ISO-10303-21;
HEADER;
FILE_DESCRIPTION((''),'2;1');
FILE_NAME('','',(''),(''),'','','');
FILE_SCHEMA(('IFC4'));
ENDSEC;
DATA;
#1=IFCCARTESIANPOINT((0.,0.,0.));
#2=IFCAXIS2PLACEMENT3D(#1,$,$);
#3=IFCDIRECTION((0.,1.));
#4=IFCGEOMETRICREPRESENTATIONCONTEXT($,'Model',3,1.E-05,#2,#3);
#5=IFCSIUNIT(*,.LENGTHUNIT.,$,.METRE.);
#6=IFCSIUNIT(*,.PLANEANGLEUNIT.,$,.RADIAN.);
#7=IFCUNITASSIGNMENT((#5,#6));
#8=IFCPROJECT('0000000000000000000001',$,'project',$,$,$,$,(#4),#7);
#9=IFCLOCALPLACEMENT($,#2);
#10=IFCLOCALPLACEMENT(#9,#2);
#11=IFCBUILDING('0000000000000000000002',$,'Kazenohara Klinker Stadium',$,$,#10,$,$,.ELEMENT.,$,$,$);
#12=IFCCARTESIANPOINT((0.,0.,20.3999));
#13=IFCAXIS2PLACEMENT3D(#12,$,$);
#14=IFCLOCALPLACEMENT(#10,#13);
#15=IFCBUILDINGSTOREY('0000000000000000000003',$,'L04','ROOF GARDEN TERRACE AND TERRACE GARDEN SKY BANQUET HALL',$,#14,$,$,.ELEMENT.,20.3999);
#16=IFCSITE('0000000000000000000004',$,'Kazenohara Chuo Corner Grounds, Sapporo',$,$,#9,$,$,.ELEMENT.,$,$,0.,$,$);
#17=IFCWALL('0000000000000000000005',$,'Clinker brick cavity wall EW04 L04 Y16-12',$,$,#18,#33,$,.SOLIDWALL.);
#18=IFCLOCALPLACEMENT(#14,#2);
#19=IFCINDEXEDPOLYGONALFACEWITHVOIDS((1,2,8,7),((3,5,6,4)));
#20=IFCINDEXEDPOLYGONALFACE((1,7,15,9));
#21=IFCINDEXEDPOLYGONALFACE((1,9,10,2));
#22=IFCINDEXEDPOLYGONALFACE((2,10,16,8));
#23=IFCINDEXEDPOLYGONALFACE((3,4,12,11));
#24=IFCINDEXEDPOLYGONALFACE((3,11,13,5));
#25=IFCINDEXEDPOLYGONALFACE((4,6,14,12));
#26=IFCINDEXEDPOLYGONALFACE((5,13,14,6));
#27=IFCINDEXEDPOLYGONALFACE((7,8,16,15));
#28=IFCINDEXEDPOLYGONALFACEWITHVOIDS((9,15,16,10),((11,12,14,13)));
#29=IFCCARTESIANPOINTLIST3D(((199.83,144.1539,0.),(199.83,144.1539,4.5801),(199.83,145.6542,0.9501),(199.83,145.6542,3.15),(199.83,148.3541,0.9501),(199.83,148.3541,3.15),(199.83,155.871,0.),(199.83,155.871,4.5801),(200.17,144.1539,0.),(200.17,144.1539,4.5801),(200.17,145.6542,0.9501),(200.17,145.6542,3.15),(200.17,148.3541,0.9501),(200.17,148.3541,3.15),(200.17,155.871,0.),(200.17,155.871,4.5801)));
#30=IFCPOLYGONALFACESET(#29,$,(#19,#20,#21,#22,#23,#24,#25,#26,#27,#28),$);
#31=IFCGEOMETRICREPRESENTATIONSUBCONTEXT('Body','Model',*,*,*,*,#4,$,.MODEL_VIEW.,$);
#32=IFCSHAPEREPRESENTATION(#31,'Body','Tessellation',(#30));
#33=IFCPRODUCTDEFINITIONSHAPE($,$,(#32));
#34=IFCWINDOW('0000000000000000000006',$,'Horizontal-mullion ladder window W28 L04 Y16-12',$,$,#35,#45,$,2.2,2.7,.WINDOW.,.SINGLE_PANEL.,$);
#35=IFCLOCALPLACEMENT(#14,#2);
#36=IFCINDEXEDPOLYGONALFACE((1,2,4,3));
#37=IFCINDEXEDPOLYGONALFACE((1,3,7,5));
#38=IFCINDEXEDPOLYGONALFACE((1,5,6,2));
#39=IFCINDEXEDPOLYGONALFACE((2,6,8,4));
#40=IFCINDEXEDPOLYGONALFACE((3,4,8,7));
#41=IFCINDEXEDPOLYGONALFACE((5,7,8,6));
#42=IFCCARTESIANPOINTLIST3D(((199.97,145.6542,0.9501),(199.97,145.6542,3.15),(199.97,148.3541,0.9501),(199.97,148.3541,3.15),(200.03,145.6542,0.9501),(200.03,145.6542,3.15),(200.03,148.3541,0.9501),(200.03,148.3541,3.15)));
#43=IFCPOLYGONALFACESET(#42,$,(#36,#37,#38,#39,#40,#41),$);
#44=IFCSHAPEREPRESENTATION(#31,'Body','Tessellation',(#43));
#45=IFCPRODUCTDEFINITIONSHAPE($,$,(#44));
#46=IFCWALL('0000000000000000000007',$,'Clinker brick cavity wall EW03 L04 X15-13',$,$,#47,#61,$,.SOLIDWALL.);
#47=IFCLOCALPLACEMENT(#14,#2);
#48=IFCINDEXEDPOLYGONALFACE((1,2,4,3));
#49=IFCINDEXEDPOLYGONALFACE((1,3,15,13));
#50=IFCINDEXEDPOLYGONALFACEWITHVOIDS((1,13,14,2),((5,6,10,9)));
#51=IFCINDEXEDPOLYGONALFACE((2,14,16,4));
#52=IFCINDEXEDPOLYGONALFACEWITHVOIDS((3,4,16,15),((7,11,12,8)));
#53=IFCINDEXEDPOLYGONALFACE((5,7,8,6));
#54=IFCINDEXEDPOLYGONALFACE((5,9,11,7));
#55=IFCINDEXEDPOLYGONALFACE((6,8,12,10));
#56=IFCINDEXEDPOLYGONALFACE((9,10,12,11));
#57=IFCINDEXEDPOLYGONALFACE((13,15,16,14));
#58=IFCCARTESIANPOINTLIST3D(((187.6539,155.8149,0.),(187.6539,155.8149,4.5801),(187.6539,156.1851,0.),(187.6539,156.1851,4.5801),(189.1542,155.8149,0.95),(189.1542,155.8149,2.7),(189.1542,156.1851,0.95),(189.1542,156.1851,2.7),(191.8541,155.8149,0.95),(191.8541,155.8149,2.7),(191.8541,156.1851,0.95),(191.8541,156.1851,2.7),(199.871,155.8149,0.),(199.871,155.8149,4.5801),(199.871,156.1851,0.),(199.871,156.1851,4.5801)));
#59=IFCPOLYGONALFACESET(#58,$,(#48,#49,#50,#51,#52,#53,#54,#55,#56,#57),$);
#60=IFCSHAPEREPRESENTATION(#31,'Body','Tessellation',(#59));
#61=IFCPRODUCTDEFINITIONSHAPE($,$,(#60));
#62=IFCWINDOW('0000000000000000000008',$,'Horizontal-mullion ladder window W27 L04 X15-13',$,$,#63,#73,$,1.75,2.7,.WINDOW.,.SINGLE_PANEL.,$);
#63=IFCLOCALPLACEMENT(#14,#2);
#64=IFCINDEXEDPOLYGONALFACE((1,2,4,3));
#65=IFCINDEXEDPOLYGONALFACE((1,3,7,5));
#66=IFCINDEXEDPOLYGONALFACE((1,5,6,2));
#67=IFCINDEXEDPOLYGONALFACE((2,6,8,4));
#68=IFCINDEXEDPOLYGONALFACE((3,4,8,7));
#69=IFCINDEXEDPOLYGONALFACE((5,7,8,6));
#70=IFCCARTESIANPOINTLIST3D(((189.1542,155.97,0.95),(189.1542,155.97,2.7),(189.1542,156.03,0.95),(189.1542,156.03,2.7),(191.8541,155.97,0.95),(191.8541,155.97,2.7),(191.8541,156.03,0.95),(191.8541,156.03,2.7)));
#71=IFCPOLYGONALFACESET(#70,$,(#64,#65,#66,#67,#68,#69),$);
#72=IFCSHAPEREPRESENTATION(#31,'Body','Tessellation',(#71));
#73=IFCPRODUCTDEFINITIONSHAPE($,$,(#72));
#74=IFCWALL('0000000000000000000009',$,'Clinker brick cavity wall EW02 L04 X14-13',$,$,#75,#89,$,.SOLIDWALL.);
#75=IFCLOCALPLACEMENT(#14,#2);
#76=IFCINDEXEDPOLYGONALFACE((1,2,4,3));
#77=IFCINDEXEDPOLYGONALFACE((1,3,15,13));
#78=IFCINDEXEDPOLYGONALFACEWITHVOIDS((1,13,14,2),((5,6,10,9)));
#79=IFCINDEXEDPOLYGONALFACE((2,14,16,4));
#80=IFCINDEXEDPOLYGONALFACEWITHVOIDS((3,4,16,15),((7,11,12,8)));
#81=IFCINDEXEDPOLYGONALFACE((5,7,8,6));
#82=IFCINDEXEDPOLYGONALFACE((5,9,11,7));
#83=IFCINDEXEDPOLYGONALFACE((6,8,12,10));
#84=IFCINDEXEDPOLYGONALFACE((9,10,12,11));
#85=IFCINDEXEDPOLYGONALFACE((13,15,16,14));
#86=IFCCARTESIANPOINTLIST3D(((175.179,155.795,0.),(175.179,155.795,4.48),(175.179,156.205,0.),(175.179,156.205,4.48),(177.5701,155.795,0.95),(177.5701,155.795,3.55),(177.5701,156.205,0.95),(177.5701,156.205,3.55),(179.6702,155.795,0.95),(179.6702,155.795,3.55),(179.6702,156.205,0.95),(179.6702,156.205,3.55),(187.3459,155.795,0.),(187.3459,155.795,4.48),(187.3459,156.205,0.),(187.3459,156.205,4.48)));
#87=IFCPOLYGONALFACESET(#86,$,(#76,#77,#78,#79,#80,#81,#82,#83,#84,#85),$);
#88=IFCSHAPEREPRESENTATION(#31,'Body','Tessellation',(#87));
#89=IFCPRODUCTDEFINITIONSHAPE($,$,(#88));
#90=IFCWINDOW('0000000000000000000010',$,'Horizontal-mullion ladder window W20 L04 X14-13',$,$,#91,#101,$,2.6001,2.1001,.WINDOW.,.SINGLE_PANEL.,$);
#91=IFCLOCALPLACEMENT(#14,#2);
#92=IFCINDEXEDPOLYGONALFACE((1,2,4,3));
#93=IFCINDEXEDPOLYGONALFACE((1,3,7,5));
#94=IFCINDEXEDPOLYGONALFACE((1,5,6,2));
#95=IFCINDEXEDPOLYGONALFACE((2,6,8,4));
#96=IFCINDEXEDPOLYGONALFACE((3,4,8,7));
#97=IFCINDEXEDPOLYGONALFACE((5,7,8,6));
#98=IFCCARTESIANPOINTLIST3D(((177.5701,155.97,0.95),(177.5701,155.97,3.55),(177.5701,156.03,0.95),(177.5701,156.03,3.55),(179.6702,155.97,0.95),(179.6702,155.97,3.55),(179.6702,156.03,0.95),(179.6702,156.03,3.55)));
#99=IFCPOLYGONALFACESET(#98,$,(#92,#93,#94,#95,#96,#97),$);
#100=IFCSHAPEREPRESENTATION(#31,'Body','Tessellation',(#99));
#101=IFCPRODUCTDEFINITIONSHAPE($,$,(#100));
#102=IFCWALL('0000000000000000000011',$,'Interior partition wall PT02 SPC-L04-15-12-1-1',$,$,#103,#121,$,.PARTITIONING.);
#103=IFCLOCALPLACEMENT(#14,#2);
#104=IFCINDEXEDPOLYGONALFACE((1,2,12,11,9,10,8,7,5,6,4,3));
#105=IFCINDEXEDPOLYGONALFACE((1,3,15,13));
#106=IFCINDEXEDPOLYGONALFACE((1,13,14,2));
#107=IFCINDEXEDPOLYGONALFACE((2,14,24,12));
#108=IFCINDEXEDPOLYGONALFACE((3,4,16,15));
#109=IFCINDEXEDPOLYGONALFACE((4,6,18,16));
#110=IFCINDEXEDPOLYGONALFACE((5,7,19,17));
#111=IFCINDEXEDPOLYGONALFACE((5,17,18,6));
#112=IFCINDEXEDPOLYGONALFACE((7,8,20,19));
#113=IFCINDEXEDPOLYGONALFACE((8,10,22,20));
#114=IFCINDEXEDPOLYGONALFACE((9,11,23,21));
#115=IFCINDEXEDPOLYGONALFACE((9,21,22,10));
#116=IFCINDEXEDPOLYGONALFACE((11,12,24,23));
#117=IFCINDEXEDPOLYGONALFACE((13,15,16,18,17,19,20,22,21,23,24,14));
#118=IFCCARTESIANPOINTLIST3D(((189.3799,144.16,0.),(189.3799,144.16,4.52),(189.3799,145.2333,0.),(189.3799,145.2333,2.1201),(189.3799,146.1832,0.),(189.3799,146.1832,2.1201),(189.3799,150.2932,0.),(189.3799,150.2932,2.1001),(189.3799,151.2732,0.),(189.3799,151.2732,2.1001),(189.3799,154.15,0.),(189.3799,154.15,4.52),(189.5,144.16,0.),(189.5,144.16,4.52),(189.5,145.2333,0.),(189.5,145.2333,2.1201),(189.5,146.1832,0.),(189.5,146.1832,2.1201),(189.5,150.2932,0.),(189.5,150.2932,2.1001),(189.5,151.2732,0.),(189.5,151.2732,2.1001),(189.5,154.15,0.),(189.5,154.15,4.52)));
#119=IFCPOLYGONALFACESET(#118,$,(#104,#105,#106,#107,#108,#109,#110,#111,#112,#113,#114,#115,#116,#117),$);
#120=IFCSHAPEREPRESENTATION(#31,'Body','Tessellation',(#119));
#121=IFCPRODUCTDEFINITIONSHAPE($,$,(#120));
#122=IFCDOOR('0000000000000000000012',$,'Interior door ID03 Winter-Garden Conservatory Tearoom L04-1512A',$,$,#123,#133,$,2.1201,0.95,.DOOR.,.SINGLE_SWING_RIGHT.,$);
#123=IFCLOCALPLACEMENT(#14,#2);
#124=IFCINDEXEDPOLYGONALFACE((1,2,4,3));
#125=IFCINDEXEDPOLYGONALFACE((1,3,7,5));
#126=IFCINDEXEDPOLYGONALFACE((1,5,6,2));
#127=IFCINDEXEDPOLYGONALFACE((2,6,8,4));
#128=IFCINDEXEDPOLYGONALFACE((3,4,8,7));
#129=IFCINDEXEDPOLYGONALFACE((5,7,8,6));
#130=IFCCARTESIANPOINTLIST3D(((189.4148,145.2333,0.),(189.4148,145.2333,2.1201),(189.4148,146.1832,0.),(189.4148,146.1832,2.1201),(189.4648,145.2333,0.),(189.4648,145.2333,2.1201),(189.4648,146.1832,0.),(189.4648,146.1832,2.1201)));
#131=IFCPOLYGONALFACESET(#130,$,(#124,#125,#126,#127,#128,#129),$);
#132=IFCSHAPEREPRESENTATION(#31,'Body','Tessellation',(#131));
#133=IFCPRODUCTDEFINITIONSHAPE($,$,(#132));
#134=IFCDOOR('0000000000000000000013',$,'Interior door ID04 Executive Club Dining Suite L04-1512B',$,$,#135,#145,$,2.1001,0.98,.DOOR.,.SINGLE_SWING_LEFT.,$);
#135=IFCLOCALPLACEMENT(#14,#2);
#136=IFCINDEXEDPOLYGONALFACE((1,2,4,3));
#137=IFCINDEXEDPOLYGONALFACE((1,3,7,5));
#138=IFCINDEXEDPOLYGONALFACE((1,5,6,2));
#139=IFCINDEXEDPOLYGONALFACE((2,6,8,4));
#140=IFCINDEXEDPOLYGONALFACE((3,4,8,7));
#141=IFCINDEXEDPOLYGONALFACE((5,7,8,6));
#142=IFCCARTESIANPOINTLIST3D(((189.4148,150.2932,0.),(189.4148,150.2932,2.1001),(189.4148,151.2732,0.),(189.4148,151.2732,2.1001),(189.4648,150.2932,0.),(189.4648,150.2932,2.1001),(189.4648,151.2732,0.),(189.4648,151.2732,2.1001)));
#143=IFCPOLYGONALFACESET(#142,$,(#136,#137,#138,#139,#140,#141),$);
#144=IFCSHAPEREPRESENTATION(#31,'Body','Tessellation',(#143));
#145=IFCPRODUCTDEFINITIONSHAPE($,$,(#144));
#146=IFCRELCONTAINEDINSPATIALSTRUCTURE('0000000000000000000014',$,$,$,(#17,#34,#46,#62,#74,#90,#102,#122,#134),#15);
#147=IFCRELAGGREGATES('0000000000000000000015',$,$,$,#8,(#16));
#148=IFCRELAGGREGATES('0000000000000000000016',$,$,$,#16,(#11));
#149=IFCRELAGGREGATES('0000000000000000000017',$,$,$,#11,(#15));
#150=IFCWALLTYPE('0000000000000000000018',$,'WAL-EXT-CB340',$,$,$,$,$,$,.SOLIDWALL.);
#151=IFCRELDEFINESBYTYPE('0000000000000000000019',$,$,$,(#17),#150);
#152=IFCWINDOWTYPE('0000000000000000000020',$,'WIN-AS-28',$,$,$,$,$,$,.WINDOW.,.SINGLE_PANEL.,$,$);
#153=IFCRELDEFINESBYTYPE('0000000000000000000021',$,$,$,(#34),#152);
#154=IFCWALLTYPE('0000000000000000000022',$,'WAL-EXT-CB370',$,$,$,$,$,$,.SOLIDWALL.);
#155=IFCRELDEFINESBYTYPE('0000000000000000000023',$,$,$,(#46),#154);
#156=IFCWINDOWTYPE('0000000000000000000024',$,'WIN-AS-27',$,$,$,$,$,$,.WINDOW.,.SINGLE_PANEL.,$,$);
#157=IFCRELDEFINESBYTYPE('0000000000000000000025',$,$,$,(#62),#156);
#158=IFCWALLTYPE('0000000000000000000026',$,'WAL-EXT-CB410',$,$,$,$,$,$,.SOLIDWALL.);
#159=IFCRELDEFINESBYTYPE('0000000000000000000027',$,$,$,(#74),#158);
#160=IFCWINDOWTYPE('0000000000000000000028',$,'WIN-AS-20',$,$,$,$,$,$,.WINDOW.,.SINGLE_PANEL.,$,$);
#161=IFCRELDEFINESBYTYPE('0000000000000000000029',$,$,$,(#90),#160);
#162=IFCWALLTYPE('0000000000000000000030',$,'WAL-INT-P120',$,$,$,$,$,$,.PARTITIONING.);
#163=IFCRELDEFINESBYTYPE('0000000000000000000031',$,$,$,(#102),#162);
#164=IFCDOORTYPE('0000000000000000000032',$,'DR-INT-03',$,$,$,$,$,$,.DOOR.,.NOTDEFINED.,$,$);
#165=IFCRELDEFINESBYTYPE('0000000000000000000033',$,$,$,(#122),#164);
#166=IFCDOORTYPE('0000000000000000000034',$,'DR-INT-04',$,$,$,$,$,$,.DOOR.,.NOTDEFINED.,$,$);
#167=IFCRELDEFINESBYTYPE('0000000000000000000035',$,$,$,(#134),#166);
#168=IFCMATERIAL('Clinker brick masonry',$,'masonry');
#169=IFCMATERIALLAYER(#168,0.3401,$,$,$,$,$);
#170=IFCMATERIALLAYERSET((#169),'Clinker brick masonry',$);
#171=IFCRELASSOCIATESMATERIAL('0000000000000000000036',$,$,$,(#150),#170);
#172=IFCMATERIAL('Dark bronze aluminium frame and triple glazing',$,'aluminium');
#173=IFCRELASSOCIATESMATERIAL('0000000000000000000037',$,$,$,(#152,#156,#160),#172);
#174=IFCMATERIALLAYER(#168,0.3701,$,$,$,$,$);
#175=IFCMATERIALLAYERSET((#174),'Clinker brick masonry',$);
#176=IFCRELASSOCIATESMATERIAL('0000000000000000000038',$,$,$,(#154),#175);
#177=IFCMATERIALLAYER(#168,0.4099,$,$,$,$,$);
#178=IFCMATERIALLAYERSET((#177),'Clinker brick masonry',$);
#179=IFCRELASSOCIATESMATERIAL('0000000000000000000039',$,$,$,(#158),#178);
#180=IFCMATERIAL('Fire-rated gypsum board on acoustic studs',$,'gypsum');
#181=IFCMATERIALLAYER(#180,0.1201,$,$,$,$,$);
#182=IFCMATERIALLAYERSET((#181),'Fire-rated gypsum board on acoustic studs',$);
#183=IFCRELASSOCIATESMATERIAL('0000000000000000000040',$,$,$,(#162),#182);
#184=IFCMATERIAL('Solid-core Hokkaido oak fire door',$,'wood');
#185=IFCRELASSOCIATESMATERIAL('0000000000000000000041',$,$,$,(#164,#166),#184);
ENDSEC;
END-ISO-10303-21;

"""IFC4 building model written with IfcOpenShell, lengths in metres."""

from ifc_helpers import new_model, si_unit, direction, frame, frame_2d, origin, place, context, subcontext, project, spatial, rectangle, extrude, material, layer, layer_set, type_object, element, fill, save


model = new_model("IFC4")

# Units and contexts
model_context = context("Model", 3, precision=1e-05, world=origin(), true_north=direction((0.0, 1.0)))
body_context = subcontext(model_context, "Body", "Model", "MODEL_VIEW")
ifc_project = project(units=[si_unit("LENGTHUNIT", "METRE"), si_unit("PLANEANGLEUNIT", "RADIAN")], contexts=[model_context])

# Site, building, storey
site_placement = place(None, origin())
site = spatial("IfcSite", under=ifc_project, at=site_placement, Name="Kazenohara Chuo Corner Grounds, Sapporo", CompositionType="ELEMENT", RefElevation=0.0)
building_placement = place(site_placement, origin())
building = spatial("IfcBuilding", under=site, at=building_placement, Name="Kazenohara Klinker Stadium", CompositionType="ELEMENT")
storey_placement = place(building_placement, frame((0.0, 0.0, 20.3999)))
storey = spatial("IfcBuildingStorey", under=building, at=storey_placement, Name="L04", Description="ROOF GARDEN TERRACE AND TERRACE GARDEN SKY BANQUET HALL", CompositionType="ELEMENT", Elevation=20.3999)

# Walls, openings, windows
ifc_material_1 = material(Name="Clinker brick masonry", Category="masonry")
ifc_layer_1 = layer(ifc_material_1, 0.3401)
ifc_layer_set_1 = layer_set([ifc_layer_1], Name="Clinker brick masonry")
wall_type_1 = type_object("IfcWallType", Name="WAL-EXT-CB340", PredefinedType="SOLIDWALL", material=ifc_layer_set_1)
wall_1_placement = place(storey_placement, frame((200.0, 144.1541, 0.0), z_axis=(0.0, 0.0, 1.0), x_axis=(0.0, 1.0, 0.0)))
wall_1 = element("IfcWall", 1, at=wall_1_placement, inside=storey, type_object=wall_type_1, Name="Clinker brick cavity wall EW04 L04 Y16-12", PredefinedType="SOLIDWALL", context=body_context, shape_type="SweptSolid", body=[
    extrude(rectangle(XDim=11.717, YDim=0.3401, at=frame_2d((5.8584, 0.0))), origin(), (0.0, 0.0, 1.0), 4.5801),
])
opening_1_placement = place(wall_1_placement, frame((1.5, 0.0, 0.95)))
opening_1 = element("IfcOpeningElement", 2, at=opening_1_placement, cuts=wall_1, PredefinedType="OPENING", context=body_context, shape_type="SweptSolid", body=[
    extrude(rectangle(XDim=2.7, YDim=2.2, at=frame_2d((1.3501, 1.1001))), frame((0.0, 0.1802, 0.0), z_axis=(0.0, -1.0, 0.0), x_axis=(1.0, 0.0, 0.0)), (0.0, 0.0, 1.0), 0.3601),
])
ifc_material_2 = material(Name="Dark bronze aluminium frame and triple glazing", Category="aluminium")
window_type_1 = type_object("IfcWindowType", Name="WIN-AS-28", PartitioningType="SINGLE_PANEL", PredefinedType="WINDOW", material=ifc_material_2)
window_1_placement = place(opening_1_placement, origin())
window_1 = element("IfcWindow", 3, at=window_1_placement, inside=storey, type_object=window_type_1, Name="Horizontal-mullion ladder window W28 L04 Y16-12", OverallHeight=2.2, OverallWidth=2.7, PartitioningType="SINGLE_PANEL", PredefinedType="WINDOW", context=body_context, shape_type="SweptSolid", body=[
    extrude(rectangle(XDim=2.7, YDim=2.2, at=frame_2d((1.3501, 1.1001))), frame((0.0, 0.03, 0.0), z_axis=(0.0, -1.0, 0.0), x_axis=(1.0, 0.0, 0.0)), (0.0, 0.0, 1.0), 0.0601),
])
fill(opening_1, window_1)
ifc_layer_2 = layer(ifc_material_1, 0.3701)
ifc_layer_set_2 = layer_set([ifc_layer_2], Name="Clinker brick masonry")
wall_type_2 = type_object("IfcWallType", Name="WAL-EXT-CB370", PredefinedType="SOLIDWALL", material=ifc_layer_set_2)
wall_2_placement = place(storey_placement, frame((187.6541, 156.0, 0.0), z_axis=(0.0, 0.0, 1.0), x_axis=(1.0, 0.0, 0.0)))
wall_2 = element("IfcWall", 4, at=wall_2_placement, inside=storey, type_object=wall_type_2, Name="Clinker brick cavity wall EW03 L04 X15-13", PredefinedType="SOLIDWALL", context=body_context, shape_type="SweptSolid", body=[
    extrude(rectangle(XDim=12.217, YDim=0.3701, at=frame_2d((6.1084, 0.0))), origin(), (0.0, 0.0, 1.0), 4.5801),
])
opening_2_placement = place(wall_2_placement, frame((1.5, 0.0, 0.95)))
opening_2 = element("IfcOpeningElement", 5, at=opening_2_placement, cuts=wall_2, PredefinedType="OPENING", context=body_context, shape_type="SweptSolid", body=[
    extrude(rectangle(XDim=2.7, YDim=1.75, at=frame_2d((1.3501, 0.875))), frame((0.0, 0.1951, 0.0), z_axis=(0.0, -1.0, 0.0), x_axis=(1.0, 0.0, 0.0)), (0.0, 0.0, 1.0), 0.3901),
])
window_type_2 = type_object("IfcWindowType", Name="WIN-AS-27", PartitioningType="SINGLE_PANEL", PredefinedType="WINDOW", material=ifc_material_2)
window_2_placement = place(opening_2_placement, origin())
window_2 = element("IfcWindow", 6, at=window_2_placement, inside=storey, type_object=window_type_2, Name="Horizontal-mullion ladder window W27 L04 X15-13", OverallHeight=1.75, OverallWidth=2.7, PartitioningType="SINGLE_PANEL", PredefinedType="WINDOW", context=body_context, shape_type="SweptSolid", body=[
    extrude(rectangle(XDim=2.7, YDim=1.75, at=frame_2d((1.3501, 0.875))), frame((0.0, 0.03, 0.0), z_axis=(0.0, -1.0, 0.0), x_axis=(1.0, 0.0, 0.0)), (0.0, 0.0, 1.0), 0.0601),
])
fill(opening_2, window_2)
ifc_layer_3 = layer(ifc_material_1, 0.4099)
ifc_layer_set_3 = layer_set([ifc_layer_3], Name="Clinker brick masonry")
wall_type_3 = type_object("IfcWallType", Name="WAL-EXT-CB410", PredefinedType="SOLIDWALL", material=ifc_layer_set_3)
wall_3_placement = place(storey_placement, frame((175.179, 156.0, 0.0), z_axis=(0.0, 0.0, 1.0), x_axis=(1.0, 0.0, 0.0)))
wall_3 = element("IfcWall", 7, at=wall_3_placement, inside=storey, type_object=wall_type_3, Name="Clinker brick cavity wall EW02 L04 X14-13", PredefinedType="SOLIDWALL", context=body_context, shape_type="SweptSolid", body=[
    extrude(rectangle(XDim=12.167, YDim=0.4099, at=frame_2d((6.0835, 0.0))), origin(), (0.0, 0.0, 1.0), 4.48),
])
opening_3_placement = place(wall_3_placement, frame((2.3911, 0.0, 0.95)))
opening_3 = element("IfcOpeningElement", 8, at=opening_3_placement, cuts=wall_3, PredefinedType="OPENING", context=body_context, shape_type="SweptSolid", body=[
    extrude(rectangle(XDim=2.1001, YDim=2.6001, at=frame_2d((1.05, 1.3))), frame((0.0, 0.2148, 0.0), z_axis=(0.0, -1.0, 0.0), x_axis=(1.0, 0.0, 0.0)), (0.0, 0.0, 1.0), 0.4299),
])
window_type_3 = type_object("IfcWindowType", Name="WIN-AS-20", PartitioningType="SINGLE_PANEL", PredefinedType="WINDOW", material=ifc_material_2)
window_3_placement = place(opening_3_placement, origin())
window_3 = element("IfcWindow", 9, at=window_3_placement, inside=storey, type_object=window_type_3, Name="Horizontal-mullion ladder window W20 L04 X14-13", OverallHeight=2.6001, OverallWidth=2.1001, PartitioningType="SINGLE_PANEL", PredefinedType="WINDOW", context=body_context, shape_type="SweptSolid", body=[
    extrude(rectangle(XDim=2.1001, YDim=2.6001, at=frame_2d((1.05, 1.3))), frame((0.0, 0.03, 0.0), z_axis=(0.0, -1.0, 0.0), x_axis=(1.0, 0.0, 0.0)), (0.0, 0.0, 1.0), 0.0601),
])
fill(opening_3, window_3)

# Wall, openings, doors
ifc_material_3 = material(Name="Fire-rated gypsum board on acoustic studs", Category="gypsum")
ifc_layer_4 = layer(ifc_material_3, 0.1201)
ifc_layer_set_4 = layer_set([ifc_layer_4], Name="Fire-rated gypsum board on acoustic studs")
wall_type_4 = type_object("IfcWallType", Name="WAL-INT-P120", PredefinedType="PARTITIONING", material=ifc_layer_set_4)
wall_4_placement = place(storey_placement, frame((189.4399, 144.1599, 0.0), z_axis=(0.0, 0.0, 1.0), x_axis=(0.0, 1.0, 0.0)))
wall_4 = element("IfcWall", 10, at=wall_4_placement, inside=storey, type_object=wall_type_4, Name="Interior partition wall PT02 SPC-L04-15-12-1-1", PredefinedType="PARTITIONING", context=body_context, shape_type="SweptSolid", body=[
    extrude(rectangle(XDim=9.99, YDim=0.1201, at=frame_2d((4.9951, 0.0))), origin(), (0.0, 0.0, 1.0), 4.52),
])
opening_4_placement = place(wall_4_placement, frame((2.0234, 0.0, 0.0), z_axis=(0.0, 0.0, 1.0), x_axis=(-1.0, 0.0, 0.0)))
opening_4 = element("IfcOpeningElement", 11, at=opening_4_placement, cuts=wall_4, PredefinedType="OPENING", context=body_context, shape_type="SweptSolid", body=[
    extrude(rectangle(XDim=0.95, YDim=2.1201, at=frame_2d((0.4751, 1.0601))), frame((0.0, 0.0701, 0.0), z_axis=(0.0, -1.0, 0.0), x_axis=(1.0, 0.0, 0.0)), (0.0, 0.0, 1.0), 0.1401),
])
opening_5_placement = place(wall_4_placement, frame((7.1133, 0.0, 0.0), z_axis=(0.0, 0.0, 1.0), x_axis=(-1.0, 0.0, 0.0)))
opening_5 = element("IfcOpeningElement", 12, at=opening_5_placement, cuts=wall_4, PredefinedType="OPENING", context=body_context, shape_type="SweptSolid", body=[
    extrude(rectangle(XDim=0.98, YDim=2.1001, at=frame_2d((0.49, 1.05))), frame((0.0, 0.0701, 0.0), z_axis=(0.0, -1.0, 0.0), x_axis=(1.0, 0.0, 0.0)), (0.0, 0.0, 1.0), 0.1401),
])
ifc_material_4 = material(Name="Solid-core Hokkaido oak fire door", Category="wood")
door_type_1 = type_object("IfcDoorType", Name="DR-INT-03", OperationType="NOTDEFINED", PredefinedType="DOOR", material=ifc_material_4)
door_1_placement = place(opening_4_placement, origin())
door_1 = element("IfcDoor", 13, at=door_1_placement, inside=storey, type_object=door_type_1, Name="Interior door ID03 Winter-Garden Conservatory Tearoom L04-1512A", OperationType="SINGLE_SWING_RIGHT", OverallHeight=2.1201, OverallWidth=0.95, PredefinedType="DOOR", context=body_context, shape_type="SweptSolid", body=[
    extrude(rectangle(XDim=0.95, YDim=2.1201, at=frame_2d((0.4751, 1.0601))), frame((0.0, 0.0249, 0.0), z_axis=(0.0, -1.0, 0.0), x_axis=(1.0, 0.0, 0.0)), (0.0, 0.0, 1.0), 0.05),
])
fill(opening_4, door_1)
door_type_2 = type_object("IfcDoorType", Name="DR-INT-04", OperationType="NOTDEFINED", PredefinedType="DOOR", material=ifc_material_4)
door_2_placement = place(opening_5_placement, origin())
door_2 = element("IfcDoor", 14, at=door_2_placement, inside=storey, type_object=door_type_2, Name="Interior door ID04 Executive Club Dining Suite L04-1512B", OperationType="SINGLE_SWING_LEFT", OverallHeight=2.1001, OverallWidth=0.98, PredefinedType="DOOR", context=body_context, shape_type="SweptSolid", body=[
    extrude(rectangle(XDim=0.98, YDim=2.1001, at=frame_2d((0.49, 1.05))), frame((0.0, 0.0249, 0.0), z_axis=(0.0, -1.0, 0.0), x_axis=(1.0, 0.0, 0.0)), (0.0, 0.0, 1.0), 0.05),
])
fill(opening_5, door_2)

save(model, "model.ifc")
